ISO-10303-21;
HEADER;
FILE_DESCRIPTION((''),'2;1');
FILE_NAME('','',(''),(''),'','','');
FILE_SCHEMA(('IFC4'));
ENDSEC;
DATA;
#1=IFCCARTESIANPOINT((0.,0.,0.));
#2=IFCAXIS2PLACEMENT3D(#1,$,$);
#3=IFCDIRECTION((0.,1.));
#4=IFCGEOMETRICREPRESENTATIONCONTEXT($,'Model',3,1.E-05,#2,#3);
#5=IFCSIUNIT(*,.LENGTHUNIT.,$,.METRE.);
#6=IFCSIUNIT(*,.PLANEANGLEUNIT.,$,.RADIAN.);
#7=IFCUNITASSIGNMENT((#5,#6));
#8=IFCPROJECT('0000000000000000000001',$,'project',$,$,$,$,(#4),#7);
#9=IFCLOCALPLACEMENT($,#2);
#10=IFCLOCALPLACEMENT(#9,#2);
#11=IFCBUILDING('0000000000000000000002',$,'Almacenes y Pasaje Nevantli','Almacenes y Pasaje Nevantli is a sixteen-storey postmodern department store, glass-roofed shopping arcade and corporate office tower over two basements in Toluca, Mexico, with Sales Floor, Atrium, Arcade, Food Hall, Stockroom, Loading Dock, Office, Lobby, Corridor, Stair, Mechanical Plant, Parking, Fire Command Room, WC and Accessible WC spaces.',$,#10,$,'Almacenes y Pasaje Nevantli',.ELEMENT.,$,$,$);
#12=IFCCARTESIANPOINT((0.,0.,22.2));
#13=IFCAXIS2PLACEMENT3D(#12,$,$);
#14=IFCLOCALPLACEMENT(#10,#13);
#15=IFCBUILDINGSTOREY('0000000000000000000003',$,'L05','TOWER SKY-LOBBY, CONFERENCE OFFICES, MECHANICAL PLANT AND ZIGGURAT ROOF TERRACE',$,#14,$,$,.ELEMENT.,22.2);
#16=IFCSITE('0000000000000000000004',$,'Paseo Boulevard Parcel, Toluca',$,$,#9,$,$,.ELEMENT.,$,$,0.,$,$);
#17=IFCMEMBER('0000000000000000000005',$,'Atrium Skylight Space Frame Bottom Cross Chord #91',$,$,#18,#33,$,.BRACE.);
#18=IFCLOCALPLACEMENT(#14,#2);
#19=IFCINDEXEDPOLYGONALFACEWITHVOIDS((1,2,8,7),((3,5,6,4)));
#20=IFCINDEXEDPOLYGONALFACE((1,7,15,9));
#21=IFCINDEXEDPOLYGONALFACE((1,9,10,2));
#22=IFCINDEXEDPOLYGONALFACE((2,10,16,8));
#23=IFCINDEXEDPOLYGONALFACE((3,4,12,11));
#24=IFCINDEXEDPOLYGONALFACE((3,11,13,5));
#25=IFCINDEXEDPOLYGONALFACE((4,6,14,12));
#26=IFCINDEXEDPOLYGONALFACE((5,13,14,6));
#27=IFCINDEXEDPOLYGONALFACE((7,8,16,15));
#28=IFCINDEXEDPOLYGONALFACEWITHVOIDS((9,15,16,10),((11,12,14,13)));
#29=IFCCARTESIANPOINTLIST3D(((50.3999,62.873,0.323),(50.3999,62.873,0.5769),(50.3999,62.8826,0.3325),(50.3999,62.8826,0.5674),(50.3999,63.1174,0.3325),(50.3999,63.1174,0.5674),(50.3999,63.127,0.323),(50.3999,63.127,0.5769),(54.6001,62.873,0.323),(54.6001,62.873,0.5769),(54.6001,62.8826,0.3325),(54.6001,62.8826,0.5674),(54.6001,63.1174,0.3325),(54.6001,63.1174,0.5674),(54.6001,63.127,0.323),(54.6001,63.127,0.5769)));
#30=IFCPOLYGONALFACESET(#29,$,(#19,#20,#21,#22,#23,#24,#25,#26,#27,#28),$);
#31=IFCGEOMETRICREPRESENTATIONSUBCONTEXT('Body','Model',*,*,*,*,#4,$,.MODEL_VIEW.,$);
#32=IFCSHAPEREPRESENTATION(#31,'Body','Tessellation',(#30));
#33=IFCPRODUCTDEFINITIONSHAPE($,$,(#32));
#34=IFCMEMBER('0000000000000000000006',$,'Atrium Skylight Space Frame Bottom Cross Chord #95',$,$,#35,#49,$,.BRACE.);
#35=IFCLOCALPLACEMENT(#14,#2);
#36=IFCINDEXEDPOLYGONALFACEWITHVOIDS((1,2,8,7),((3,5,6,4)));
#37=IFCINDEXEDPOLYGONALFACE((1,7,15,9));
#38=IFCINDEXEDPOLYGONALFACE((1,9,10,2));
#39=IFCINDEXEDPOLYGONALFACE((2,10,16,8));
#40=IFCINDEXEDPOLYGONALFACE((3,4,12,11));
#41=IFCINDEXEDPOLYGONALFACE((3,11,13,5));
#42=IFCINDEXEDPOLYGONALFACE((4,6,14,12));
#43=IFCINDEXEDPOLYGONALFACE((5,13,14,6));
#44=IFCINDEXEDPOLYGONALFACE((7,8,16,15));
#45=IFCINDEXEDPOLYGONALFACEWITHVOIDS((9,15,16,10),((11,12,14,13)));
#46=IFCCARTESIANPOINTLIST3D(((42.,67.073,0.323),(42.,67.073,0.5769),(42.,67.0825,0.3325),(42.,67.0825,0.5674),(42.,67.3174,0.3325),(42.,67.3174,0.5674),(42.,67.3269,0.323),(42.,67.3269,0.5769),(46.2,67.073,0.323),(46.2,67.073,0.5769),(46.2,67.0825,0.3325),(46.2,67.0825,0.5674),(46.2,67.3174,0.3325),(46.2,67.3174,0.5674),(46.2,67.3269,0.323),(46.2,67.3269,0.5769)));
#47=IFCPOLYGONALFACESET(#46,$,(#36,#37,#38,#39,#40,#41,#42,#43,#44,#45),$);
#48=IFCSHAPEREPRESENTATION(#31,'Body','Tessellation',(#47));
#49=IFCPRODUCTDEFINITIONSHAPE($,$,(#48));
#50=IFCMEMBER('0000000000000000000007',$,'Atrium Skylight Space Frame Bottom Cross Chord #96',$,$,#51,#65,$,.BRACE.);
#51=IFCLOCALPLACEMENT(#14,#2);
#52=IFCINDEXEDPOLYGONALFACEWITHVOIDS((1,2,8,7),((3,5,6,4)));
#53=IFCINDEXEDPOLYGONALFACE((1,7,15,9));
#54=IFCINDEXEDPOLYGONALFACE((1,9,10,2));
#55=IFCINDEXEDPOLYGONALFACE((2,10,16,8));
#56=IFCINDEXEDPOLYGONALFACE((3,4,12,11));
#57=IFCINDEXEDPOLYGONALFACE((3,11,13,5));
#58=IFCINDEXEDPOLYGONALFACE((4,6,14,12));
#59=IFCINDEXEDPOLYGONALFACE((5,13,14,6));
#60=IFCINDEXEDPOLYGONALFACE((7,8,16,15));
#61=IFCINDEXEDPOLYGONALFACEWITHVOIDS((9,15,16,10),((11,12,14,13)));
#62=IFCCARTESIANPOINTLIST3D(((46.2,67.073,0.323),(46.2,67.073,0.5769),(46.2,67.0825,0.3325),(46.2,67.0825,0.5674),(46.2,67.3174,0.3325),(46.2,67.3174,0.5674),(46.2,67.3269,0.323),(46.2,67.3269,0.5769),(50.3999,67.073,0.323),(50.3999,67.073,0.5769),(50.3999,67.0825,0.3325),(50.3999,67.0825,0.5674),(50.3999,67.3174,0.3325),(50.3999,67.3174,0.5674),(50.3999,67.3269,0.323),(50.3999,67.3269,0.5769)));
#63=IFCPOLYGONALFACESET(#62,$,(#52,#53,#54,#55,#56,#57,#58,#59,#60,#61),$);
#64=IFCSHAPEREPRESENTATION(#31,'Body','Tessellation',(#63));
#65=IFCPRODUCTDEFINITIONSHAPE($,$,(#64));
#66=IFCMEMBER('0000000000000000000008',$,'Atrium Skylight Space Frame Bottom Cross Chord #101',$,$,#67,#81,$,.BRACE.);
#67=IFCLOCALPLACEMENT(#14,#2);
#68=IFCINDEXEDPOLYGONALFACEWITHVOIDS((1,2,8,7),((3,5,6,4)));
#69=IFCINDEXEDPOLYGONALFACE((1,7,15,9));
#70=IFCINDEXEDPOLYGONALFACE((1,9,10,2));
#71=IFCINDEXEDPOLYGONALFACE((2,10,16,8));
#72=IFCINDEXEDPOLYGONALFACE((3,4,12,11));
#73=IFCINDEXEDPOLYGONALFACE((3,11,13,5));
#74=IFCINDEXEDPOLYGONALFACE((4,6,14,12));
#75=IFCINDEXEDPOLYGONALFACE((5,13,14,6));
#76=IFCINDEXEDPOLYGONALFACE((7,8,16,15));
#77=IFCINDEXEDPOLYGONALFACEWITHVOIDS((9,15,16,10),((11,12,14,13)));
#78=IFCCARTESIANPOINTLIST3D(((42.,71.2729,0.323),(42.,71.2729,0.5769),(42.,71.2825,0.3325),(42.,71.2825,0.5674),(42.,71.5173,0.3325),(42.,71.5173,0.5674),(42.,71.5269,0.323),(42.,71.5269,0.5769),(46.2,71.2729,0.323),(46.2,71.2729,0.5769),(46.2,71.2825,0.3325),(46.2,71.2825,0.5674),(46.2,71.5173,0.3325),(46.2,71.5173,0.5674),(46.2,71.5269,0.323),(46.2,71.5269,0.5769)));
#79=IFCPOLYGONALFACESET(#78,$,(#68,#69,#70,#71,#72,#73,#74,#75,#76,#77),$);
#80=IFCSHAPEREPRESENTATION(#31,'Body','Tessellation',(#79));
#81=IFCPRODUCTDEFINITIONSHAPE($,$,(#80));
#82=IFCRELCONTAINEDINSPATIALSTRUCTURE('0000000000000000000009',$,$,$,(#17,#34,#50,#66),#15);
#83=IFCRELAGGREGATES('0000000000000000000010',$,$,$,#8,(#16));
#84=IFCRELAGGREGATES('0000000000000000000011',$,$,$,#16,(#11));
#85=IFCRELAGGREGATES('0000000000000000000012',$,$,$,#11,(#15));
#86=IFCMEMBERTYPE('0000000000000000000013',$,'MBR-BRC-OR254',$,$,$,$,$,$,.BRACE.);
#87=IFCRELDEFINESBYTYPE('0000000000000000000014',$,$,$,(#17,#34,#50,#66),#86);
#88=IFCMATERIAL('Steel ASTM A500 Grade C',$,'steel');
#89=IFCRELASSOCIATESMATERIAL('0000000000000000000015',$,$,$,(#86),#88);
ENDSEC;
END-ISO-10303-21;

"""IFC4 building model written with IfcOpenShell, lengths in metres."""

from ifc_helpers import new_model, si_unit, direction, frame, origin, origin_2d, place, context, subcontext, project, spatial, hollow_rectangle, extrude, material, material_profile, profile_set, type_object, element, save


model = new_model("IFC4")

# Units and contexts
model_context = context("Model", 3, precision=1e-05, world=origin(), true_north=direction((0.0, 1.0)))
body_context = subcontext(model_context, "Body", "Model", "MODEL_VIEW")
ifc_project = project(units=[si_unit("LENGTHUNIT", "METRE"), si_unit("PLANEANGLEUNIT", "RADIAN")], contexts=[model_context])

# Site, building, storey
site_placement = place(None, origin())
site = spatial("IfcSite", under=ifc_project, at=site_placement, Name="Paseo Boulevard Parcel, Toluca", CompositionType="ELEMENT", RefElevation=0.0)
building_placement = place(site_placement, origin())
building = spatial("IfcBuilding", under=site, at=building_placement, Name="Almacenes y Pasaje Nevantli", Description="Almacenes y Pasaje Nevantli is a sixteen-storey postmodern department store, glass-roofed shopping arcade and corporate office tower over two basements in Toluca, Mexico, with Sales Floor, Atrium, Arcade, Food Hall, Stockroom, Loading Dock, Office, Lobby, Corridor, Stair, Mechanical Plant, Parking, Fire Command Room, WC and Accessible WC spaces.", LongName="Almacenes y Pasaje Nevantli", CompositionType="ELEMENT")
storey_placement = place(building_placement, frame((0.0, 0.0, 22.2)))
storey = spatial("IfcBuildingStorey", under=building, at=storey_placement, Name="L05", Description="TOWER SKY-LOBBY, CONFERENCE OFFICES, MECHANICAL PLANT AND ZIGGURAT ROOF TERRACE", CompositionType="ELEMENT", Elevation=22.2)

# Members
ifc_material_1 = material(Name="Steel ASTM A500 Grade C", Category="steel")
ifc_material_profile_1 = material_profile(ifc_material_1, hollow_rectangle(XDim=0.2539, YDim=0.2539, WallThickness=0.0095, at=origin_2d()), Name="OR 254x254x9.5")
ifc_profile_set_1 = profile_set([ifc_material_profile_1], Name="Steel ASTM A500 Grade C")
member_type_1 = type_object("IfcMemberType", Name="MBR-BRC-OR254", PredefinedType="BRACE", material=ifc_profile_set_1)
member_1_placement = place(storey_placement, frame((50.3999, 63.0, 0.45), z_axis=(1.0, 0.0, 0.0), x_axis=(0.0, 1.0, 0.0)))
element("IfcMember", 1, at=member_1_placement, inside=storey, type_object=member_type_1, Name="Atrium Skylight Space Frame Bottom Cross Chord #91", PredefinedType="BRACE", context=body_context, shape_type="SweptSolid", body=[
    extrude(hollow_rectangle(XDim=0.2539, YDim=0.2539, WallThickness=0.0095, at=origin_2d()), origin(), (0.0, 0.0, 1.0), 4.2002),
])
for number, where, z_axis, x_axis, name in (
    (2, (42.0, 67.2, 0.45), (1.0, 0.0, 0.0), (0.0, 1.0, 0.0), "Atrium Skylight Space Frame Bottom Cross Chord #95"),
    (3, (46.2, 67.2, 0.45), (1.0, 0.0, 0.0), (0.0, 1.0, 0.0), "Atrium Skylight Space Frame Bottom Cross Chord #96"),
    (4, (42.0, 71.3999, 0.45), (1.0, 0.0, 0.0), (0.0, 1.0, 0.0), "Atrium Skylight Space Frame Bottom Cross Chord #101"),
):
    element("IfcMember", number, at=place(storey_placement, frame(where, z_axis=z_axis, x_axis=x_axis)), inside=storey, type_object=member_type_1, Name=name, PredefinedType="BRACE", context=body_context, shape_type="SweptSolid", body=[
        extrude(hollow_rectangle(XDim=0.2539, YDim=0.2539, WallThickness=0.0095, at=origin_2d()), origin(), (0.0, 0.0, 1.0), 4.2),
    ])

save(model, "model.ifc")
